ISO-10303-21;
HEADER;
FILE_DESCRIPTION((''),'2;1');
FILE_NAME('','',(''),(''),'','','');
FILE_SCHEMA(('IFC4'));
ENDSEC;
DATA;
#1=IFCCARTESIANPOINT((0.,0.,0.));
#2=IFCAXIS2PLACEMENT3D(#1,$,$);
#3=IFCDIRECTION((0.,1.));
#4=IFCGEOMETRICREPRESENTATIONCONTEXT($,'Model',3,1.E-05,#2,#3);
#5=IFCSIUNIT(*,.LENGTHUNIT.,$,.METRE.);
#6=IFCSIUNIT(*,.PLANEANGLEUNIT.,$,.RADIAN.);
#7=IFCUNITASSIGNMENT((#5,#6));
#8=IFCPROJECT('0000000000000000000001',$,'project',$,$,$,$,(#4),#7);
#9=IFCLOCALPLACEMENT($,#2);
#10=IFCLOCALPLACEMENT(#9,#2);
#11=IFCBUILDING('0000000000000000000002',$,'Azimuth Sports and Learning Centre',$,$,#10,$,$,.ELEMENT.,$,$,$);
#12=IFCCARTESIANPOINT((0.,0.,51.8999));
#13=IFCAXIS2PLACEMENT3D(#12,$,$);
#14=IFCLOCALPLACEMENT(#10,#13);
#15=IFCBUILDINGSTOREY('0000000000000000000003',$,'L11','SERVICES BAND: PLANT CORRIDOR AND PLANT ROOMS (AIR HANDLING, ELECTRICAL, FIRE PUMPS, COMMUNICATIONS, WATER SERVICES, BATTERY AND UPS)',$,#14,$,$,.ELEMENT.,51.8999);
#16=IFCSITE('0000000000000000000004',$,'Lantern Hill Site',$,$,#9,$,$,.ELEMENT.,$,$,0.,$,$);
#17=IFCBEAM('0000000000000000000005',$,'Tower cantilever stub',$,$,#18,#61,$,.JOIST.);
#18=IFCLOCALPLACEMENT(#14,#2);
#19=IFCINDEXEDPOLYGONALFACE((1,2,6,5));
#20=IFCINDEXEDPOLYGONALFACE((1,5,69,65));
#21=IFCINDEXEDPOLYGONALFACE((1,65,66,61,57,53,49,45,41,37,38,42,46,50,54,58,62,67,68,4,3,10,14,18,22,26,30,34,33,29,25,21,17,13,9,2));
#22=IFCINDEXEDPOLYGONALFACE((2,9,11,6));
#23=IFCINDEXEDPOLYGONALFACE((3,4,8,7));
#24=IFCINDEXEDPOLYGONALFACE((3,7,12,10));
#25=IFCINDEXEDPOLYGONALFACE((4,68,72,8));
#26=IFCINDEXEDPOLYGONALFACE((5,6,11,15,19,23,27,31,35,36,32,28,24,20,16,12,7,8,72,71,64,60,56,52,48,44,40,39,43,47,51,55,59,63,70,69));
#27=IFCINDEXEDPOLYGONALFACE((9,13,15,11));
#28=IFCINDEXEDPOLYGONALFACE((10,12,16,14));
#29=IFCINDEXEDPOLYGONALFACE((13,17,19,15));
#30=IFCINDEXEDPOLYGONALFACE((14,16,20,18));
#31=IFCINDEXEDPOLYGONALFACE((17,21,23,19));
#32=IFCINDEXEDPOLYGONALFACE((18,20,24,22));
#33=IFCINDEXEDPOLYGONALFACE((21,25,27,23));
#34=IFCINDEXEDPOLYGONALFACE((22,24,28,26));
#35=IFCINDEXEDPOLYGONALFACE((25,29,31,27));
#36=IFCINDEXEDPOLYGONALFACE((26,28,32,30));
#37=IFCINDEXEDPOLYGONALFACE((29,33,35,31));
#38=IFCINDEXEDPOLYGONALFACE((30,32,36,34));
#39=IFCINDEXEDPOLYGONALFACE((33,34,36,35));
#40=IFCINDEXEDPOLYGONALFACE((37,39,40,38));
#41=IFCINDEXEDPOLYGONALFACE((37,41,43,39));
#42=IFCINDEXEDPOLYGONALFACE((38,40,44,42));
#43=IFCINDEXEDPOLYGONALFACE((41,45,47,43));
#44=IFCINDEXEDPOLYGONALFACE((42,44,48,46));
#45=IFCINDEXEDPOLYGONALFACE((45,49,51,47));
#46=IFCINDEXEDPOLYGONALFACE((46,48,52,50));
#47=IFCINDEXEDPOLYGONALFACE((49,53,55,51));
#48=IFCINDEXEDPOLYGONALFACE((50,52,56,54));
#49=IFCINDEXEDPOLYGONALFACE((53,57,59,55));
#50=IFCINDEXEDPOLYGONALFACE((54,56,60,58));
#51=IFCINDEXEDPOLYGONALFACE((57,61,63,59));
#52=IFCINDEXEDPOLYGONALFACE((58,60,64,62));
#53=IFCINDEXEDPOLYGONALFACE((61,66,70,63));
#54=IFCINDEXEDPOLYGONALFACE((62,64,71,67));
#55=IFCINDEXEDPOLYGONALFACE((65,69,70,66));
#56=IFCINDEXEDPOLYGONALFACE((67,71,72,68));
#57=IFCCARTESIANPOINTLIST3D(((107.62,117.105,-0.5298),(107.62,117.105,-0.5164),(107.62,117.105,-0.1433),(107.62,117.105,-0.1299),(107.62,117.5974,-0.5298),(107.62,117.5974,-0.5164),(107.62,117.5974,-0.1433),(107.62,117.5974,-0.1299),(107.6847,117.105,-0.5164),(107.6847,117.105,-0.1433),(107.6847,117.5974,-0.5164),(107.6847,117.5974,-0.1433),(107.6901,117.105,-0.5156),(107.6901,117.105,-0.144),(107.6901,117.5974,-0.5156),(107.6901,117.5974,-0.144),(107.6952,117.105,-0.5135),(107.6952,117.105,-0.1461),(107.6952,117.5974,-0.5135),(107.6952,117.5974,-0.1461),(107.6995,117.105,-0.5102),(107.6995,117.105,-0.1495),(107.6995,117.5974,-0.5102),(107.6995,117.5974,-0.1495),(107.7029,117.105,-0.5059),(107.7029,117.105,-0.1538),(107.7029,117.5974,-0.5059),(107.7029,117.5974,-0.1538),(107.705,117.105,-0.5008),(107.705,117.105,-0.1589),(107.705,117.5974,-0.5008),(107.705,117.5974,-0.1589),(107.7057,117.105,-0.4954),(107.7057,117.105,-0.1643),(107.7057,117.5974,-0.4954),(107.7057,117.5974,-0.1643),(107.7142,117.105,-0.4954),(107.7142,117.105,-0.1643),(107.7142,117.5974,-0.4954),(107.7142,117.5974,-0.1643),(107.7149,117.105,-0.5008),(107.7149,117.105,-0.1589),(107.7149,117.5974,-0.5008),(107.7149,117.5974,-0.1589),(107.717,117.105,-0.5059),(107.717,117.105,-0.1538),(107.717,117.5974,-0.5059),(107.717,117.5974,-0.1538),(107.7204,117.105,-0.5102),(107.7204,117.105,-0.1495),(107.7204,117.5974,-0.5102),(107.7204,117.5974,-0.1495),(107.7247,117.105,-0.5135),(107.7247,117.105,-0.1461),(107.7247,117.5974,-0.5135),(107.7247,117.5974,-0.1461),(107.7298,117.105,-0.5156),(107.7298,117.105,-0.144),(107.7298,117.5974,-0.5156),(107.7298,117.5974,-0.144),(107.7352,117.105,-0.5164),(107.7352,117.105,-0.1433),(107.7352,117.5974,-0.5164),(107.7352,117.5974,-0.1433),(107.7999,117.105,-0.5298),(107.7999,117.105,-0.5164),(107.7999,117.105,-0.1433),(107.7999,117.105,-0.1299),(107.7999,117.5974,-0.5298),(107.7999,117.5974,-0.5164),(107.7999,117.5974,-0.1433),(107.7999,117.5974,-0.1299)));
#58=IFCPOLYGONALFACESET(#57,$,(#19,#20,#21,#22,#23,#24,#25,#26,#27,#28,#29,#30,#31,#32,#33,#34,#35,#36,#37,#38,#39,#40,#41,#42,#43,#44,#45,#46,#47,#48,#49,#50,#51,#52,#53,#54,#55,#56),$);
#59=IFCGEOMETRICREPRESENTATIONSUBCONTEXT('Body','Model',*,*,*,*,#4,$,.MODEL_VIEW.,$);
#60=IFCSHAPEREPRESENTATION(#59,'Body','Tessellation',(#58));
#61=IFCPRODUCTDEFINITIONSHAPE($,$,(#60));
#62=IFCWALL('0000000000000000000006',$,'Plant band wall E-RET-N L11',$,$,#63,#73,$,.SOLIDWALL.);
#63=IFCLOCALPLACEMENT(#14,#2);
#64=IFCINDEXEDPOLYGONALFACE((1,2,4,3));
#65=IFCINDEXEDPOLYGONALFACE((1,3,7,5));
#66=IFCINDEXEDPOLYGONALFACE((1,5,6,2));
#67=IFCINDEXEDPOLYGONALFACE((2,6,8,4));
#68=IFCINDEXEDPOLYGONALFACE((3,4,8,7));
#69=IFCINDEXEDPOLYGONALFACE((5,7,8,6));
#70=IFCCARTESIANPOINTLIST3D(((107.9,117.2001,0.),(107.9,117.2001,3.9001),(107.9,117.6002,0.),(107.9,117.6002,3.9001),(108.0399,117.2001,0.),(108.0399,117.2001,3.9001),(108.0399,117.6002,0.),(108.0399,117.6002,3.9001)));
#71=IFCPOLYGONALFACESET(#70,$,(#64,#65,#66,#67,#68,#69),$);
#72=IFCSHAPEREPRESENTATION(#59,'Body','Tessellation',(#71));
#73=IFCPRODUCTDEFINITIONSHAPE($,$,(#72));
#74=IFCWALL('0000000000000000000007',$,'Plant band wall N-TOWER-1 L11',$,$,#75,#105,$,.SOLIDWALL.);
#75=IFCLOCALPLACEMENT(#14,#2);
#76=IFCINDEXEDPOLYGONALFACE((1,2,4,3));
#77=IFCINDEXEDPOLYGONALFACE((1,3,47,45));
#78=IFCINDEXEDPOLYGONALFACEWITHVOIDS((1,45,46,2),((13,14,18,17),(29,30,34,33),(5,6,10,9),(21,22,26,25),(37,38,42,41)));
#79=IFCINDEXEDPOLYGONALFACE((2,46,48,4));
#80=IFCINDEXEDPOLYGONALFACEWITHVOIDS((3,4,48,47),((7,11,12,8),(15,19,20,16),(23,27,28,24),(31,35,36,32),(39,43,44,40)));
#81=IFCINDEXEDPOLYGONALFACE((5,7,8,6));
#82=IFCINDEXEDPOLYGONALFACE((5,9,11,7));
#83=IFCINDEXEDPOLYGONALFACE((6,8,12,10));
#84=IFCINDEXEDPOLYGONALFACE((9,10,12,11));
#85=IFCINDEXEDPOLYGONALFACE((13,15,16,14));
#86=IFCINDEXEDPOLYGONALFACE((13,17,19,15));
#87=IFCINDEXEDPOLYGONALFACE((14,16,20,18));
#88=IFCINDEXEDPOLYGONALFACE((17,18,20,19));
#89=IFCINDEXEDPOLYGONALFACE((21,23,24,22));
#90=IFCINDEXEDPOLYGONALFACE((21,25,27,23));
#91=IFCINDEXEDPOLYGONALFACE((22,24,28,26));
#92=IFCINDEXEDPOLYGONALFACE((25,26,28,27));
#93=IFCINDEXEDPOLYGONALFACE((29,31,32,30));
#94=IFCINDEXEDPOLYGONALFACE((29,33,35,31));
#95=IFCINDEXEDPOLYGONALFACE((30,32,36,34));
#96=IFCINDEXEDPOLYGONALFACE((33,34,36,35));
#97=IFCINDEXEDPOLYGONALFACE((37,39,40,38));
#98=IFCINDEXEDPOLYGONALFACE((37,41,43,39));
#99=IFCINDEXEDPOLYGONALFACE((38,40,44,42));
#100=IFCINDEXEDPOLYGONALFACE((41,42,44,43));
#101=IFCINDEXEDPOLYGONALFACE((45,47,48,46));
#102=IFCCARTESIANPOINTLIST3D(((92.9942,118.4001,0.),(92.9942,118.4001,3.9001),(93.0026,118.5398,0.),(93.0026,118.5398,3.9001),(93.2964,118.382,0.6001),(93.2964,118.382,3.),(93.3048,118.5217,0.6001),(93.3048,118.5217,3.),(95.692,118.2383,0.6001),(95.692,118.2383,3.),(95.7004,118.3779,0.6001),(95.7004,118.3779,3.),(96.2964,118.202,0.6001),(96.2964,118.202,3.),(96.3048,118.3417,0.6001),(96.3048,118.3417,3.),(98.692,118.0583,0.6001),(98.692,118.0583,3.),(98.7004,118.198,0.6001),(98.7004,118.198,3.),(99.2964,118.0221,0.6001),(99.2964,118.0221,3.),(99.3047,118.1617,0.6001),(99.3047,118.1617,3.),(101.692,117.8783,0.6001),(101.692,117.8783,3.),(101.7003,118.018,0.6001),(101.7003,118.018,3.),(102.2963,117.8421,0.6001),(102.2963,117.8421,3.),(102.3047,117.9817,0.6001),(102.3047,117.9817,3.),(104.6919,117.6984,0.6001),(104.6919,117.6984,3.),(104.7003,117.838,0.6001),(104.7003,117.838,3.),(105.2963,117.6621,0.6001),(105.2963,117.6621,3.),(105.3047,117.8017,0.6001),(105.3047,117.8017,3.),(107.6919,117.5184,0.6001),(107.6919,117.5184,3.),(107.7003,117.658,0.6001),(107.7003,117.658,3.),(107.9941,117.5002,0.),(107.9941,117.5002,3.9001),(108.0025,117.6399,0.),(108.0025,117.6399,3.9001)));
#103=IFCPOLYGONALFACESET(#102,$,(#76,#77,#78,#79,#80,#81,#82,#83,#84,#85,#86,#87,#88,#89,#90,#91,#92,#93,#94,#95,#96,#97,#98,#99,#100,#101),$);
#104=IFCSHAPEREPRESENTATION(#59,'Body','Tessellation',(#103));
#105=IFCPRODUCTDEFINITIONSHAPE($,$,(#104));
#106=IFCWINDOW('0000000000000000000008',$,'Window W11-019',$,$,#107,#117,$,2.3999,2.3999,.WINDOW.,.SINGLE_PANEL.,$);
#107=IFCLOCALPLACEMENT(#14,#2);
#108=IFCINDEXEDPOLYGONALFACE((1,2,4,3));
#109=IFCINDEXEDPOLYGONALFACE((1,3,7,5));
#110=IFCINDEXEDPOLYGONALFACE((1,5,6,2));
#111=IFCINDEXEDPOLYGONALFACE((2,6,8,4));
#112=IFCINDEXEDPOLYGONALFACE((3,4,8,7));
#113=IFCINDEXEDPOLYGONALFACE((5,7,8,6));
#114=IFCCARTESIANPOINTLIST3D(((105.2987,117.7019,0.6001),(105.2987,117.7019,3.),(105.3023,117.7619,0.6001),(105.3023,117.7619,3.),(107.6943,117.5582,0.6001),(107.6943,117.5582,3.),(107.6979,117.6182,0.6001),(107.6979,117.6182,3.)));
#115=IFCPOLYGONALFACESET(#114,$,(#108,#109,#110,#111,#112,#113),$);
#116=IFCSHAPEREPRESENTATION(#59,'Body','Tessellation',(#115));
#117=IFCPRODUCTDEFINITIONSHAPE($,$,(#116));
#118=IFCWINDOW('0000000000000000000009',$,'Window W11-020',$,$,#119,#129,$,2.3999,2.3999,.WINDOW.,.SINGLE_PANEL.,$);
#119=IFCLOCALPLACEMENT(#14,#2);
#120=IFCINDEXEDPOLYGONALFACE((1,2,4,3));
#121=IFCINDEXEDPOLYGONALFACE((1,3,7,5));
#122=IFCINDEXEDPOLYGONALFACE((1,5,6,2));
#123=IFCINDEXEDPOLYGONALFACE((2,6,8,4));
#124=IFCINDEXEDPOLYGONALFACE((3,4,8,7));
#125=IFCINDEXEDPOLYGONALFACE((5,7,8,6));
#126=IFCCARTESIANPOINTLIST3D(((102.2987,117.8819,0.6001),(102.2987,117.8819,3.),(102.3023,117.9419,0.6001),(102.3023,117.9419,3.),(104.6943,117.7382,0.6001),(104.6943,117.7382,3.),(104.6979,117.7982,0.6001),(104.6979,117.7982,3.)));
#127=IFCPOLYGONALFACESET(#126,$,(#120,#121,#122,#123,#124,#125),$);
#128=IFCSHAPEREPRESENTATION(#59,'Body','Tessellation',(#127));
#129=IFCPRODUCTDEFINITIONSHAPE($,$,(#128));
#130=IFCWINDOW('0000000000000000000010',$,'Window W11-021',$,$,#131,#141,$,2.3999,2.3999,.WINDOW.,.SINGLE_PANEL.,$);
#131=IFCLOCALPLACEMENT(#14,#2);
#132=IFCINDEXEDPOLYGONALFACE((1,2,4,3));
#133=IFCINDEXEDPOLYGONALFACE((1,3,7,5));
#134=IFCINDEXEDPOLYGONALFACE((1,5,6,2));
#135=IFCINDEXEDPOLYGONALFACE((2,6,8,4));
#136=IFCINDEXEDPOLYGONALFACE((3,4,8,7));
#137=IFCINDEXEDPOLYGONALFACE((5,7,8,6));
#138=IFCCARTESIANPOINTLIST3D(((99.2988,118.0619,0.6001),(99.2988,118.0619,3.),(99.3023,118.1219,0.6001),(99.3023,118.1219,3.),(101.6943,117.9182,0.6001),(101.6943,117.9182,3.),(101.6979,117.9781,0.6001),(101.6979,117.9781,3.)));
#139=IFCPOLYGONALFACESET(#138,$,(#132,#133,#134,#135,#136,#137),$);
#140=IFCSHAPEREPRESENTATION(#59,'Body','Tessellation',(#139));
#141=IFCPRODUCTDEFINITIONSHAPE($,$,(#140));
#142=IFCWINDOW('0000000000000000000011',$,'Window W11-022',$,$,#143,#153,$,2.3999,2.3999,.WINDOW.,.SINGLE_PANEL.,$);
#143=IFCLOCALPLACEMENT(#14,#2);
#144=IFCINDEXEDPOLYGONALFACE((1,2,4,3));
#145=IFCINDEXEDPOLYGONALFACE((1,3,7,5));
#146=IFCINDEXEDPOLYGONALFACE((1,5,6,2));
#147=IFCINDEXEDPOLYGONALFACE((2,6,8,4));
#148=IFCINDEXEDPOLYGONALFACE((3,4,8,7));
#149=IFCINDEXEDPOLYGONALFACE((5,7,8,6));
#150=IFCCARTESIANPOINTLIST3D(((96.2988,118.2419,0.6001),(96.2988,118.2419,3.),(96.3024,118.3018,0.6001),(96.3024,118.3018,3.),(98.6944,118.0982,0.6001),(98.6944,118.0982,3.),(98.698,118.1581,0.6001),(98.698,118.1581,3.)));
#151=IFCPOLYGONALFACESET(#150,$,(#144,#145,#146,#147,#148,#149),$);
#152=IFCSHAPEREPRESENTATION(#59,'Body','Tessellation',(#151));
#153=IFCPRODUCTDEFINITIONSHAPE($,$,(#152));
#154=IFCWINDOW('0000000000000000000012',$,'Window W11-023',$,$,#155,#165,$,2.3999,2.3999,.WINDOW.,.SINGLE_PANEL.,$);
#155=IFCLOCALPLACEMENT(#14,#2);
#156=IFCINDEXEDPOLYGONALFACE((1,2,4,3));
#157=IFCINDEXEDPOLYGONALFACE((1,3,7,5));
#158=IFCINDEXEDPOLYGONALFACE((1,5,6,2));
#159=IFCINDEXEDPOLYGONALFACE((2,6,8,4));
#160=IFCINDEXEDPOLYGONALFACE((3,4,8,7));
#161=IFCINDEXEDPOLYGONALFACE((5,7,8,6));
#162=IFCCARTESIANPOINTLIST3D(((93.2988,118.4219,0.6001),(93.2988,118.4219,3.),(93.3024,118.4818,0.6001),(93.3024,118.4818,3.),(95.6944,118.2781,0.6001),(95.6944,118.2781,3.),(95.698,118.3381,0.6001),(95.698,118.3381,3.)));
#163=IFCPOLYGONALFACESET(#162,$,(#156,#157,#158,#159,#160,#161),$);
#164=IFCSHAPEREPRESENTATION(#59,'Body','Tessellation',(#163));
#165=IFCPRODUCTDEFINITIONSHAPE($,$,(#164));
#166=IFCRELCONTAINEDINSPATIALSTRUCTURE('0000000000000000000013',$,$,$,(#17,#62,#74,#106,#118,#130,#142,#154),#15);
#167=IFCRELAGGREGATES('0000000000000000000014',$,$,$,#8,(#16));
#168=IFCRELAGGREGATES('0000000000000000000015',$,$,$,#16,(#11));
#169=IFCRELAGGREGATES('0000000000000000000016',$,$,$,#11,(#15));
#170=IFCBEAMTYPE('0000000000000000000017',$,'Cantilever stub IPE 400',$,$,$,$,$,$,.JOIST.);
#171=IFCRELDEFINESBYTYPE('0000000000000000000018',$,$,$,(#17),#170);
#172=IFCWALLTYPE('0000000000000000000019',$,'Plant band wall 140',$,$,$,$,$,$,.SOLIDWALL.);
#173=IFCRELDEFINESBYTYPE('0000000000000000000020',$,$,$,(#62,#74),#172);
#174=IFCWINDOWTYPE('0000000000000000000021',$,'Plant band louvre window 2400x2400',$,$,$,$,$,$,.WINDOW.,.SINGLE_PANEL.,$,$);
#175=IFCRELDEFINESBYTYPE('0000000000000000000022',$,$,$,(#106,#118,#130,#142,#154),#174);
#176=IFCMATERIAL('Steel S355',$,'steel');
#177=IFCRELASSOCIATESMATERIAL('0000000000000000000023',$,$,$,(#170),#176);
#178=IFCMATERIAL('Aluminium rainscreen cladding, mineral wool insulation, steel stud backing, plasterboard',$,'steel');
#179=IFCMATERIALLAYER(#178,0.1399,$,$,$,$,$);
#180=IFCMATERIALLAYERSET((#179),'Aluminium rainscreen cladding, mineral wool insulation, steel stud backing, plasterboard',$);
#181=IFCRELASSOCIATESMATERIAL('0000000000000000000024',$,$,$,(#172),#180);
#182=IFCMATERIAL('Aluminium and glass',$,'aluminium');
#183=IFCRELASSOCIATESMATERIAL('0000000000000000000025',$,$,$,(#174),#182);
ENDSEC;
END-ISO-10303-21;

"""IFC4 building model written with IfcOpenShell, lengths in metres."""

from ifc_helpers import new_model, si_unit, direction, frame, frame_2d, origin, origin_2d, place, context, subcontext, project, spatial, rectangle, i_section, extrude, material, layer, layer_set, material_profile, profile_set, type_object, element, fill, save


model = new_model("IFC4")

# Units and contexts
model_context = context("Model", 3, precision=1e-05, world=origin(), true_north=direction((0.0, 1.0)))
body_context = subcontext(model_context, "Body", "Model", "MODEL_VIEW")
ifc_project = project(units=[si_unit("LENGTHUNIT", "METRE"), si_unit("PLANEANGLEUNIT", "RADIAN")], contexts=[model_context])

# Site, building, storey
site_placement = place(None, origin())
site = spatial("IfcSite", under=ifc_project, at=site_placement, Name="Lantern Hill Site", CompositionType="ELEMENT", RefElevation=0.0)
building_placement = place(site_placement, origin())
building = spatial("IfcBuilding", under=site, at=building_placement, Name="Azimuth Sports and Learning Centre", CompositionType="ELEMENT")
storey_placement = place(building_placement, frame((0.0, 0.0, 51.8999)))
storey = spatial("IfcBuildingStorey", under=building, at=storey_placement, Name="L11", Description="SERVICES BAND: PLANT CORRIDOR AND PLANT ROOMS (AIR HANDLING, ELECTRICAL, FIRE PUMPS, COMMUNICATIONS, WATER SERVICES, BATTERY AND UPS)", CompositionType="ELEMENT", Elevation=51.8999)

# Beam
ifc_material_1 = material(Name="Steel S355", Category="steel")
ifc_material_profile_1 = material_profile(ifc_material_1, i_section(OverallWidth=0.1799, OverallDepth=0.3999, WebThickness=0.0085, FlangeThickness=0.0134, FilletRadius=0.021, at=origin_2d()), Name="IPE 400")
ifc_profile_set_1 = profile_set([ifc_material_profile_1], Name="Steel S355")
beam_type_1 = type_object("IfcBeamType", Name="Cantilever stub IPE 400", PredefinedType="JOIST", material=ifc_profile_set_1)
beam_placement = place(storey_placement, frame((107.71, 117.105, -0.3298), z_axis=(0.0, 1.0, 0.0), x_axis=(-1.0, 0.0, 0.0)))
element("IfcBeam", 1, at=beam_placement, inside=storey, type_object=beam_type_1, Name="Tower cantilever stub", PredefinedType="JOIST", context=body_context, shape_type="SweptSolid", body=[
    extrude(i_section(OverallWidth=0.1799, OverallDepth=0.3999, WebThickness=0.0085, FlangeThickness=0.0134, FilletRadius=0.021, at=origin_2d()), origin(), (0.0, 0.0, 1.0), 0.4924),
])

# Wall
ifc_material_2 = material(Name="Aluminium rainscreen cladding, mineral wool insulation, steel stud backing, plasterboard", Category="steel")
ifc_layer_1 = layer(ifc_material_2, 0.1399)
ifc_layer_set_1 = layer_set([ifc_layer_1], Name="Aluminium rainscreen cladding, mineral wool insulation, steel stud backing, plasterboard")
wall_type_1 = type_object("IfcWallType", Name="Plant band wall 140", PredefinedType="SOLIDWALL", material=ifc_layer_set_1)
wall_1_placement = place(storey_placement, frame((107.97, 117.2, 0.0), z_axis=(0.0, 0.0, 1.0), x_axis=(0.0, 1.0, 0.0)))
element("IfcWall", 2, at=wall_1_placement, inside=storey, type_object=wall_type_1, Name="Plant band wall E-RET-N L11", PredefinedType="SOLIDWALL", context=body_context, shape_type="SweptSolid", body=[
    extrude(rectangle(XDim=0.4001, YDim=0.1399, at=frame_2d((0.2002, 0.0))), origin(), (0.0, 0.0, 1.0), 3.9001),
])

# Wall, openings, windows
wall_2_placement = place(storey_placement, frame((107.9983, 117.5701, 0.0), z_axis=(0.0, 0.0, 1.0), x_axis=(-0.998205, 0.059886, 0.0)))
wall_2 = element("IfcWall", 3, at=wall_2_placement, inside=storey, type_object=wall_type_1, Name="Plant band wall N-TOWER-1 L11", PredefinedType="SOLIDWALL", context=body_context, shape_type="SweptSolid", body=[
    extrude(rectangle(XDim=15.0269, YDim=0.1399, at=frame_2d((7.5134, 0.0))), origin(), (0.0, 0.0, 1.0), 3.9001),
])
opening_1_placement = place(wall_2_placement, frame((0.3027, 0.0, 0.6001)))
opening_1 = element("IfcOpeningElement", 4, at=opening_1_placement, cuts=wall_2, PredefinedType="OPENING", context=body_context, shape_type="SweptSolid", body=[
    extrude(rectangle(XDim=2.3999, YDim=2.3999, at=frame_2d((1.2, 1.2))), frame((0.0, 0.0811, 0.0), z_axis=(0.0, -1.0, 0.0), x_axis=(1.0, 0.0, 0.0)), (0.0, 0.0, 1.0), 0.1619),
])
opening_2_placement = place(wall_2_placement, frame((3.3081, 0.0, 0.6001)))
opening_2 = element("IfcOpeningElement", 5, at=opening_2_placement, cuts=wall_2, PredefinedType="OPENING", context=body_context, shape_type="SweptSolid", body=[
    extrude(rectangle(XDim=2.3999, YDim=2.3999, at=frame_2d((1.2, 1.2))), frame((0.0, 0.0811, 0.0), z_axis=(0.0, -1.0, 0.0), x_axis=(1.0, 0.0, 0.0)), (0.0, 0.0, 1.0), 0.1619),
])
opening_3_placement = place(wall_2_placement, frame((6.3135, 0.0, 0.6001)))
opening_3 = element("IfcOpeningElement", 6, at=opening_3_placement, cuts=wall_2, PredefinedType="OPENING", context=body_context, shape_type="SweptSolid", body=[
    extrude(rectangle(XDim=2.3999, YDim=2.3999, at=frame_2d((1.2, 1.2))), frame((0.0, 0.0811, 0.0), z_axis=(0.0, -1.0, 0.0), x_axis=(1.0, 0.0, 0.0)), (0.0, 0.0, 1.0), 0.1619),
])
opening_4_placement = place(wall_2_placement, frame((9.3188, 0.0, 0.6001)))
opening_4 = element("IfcOpeningElement", 7, at=opening_4_placement, cuts=wall_2, PredefinedType="OPENING", context=body_context, shape_type="SweptSolid", body=[
    extrude(rectangle(XDim=2.3999, YDim=2.3999, at=frame_2d((1.2, 1.2))), frame((0.0, 0.0811, 0.0), z_axis=(0.0, -1.0, 0.0), x_axis=(1.0, 0.0, 0.0)), (0.0, 0.0, 1.0), 0.1619),
])
opening_5_placement = place(wall_2_placement, frame((12.3242, 0.0, 0.6001)))
opening_5 = element("IfcOpeningElement", 8, at=opening_5_placement, cuts=wall_2, PredefinedType="OPENING", context=body_context, shape_type="SweptSolid", body=[
    extrude(rectangle(XDim=2.3999, YDim=2.3999, at=frame_2d((1.2, 1.2))), frame((0.0, 0.0811, 0.0), z_axis=(0.0, -1.0, 0.0), x_axis=(1.0, 0.0, 0.0)), (0.0, 0.0, 1.0), 0.1619),
])
ifc_material_3 = material(Name="Aluminium and glass", Category="aluminium")
window_type_1 = type_object("IfcWindowType", Name="Plant band louvre window 2400x2400", PartitioningType="SINGLE_PANEL", PredefinedType="WINDOW", material=ifc_material_3)
window_1_placement = place(opening_1_placement, origin())
window_1 = element("IfcWindow", 9, at=window_1_placement, inside=storey, type_object=window_type_1, Name="Window W11-019", OverallHeight=2.3999, OverallWidth=2.3999, PartitioningType="SINGLE_PANEL", PredefinedType="WINDOW", context=body_context, shape_type="SweptSolid", body=[
    extrude(rectangle(XDim=2.3999, YDim=2.3999, at=frame_2d((1.2, 1.2))), frame((0.0, 0.03, 0.0), z_axis=(0.0, -1.0, 0.0), x_axis=(1.0, 0.0, 0.0)), (0.0, 0.0, 1.0), 0.0601),
])
fill(opening_1, window_1)
window_2_placement = place(opening_2_placement, origin())
window_2 = element("IfcWindow", 10, at=window_2_placement, inside=storey, type_object=window_type_1, Name="Window W11-020", OverallHeight=2.3999, OverallWidth=2.3999, PartitioningType="SINGLE_PANEL", PredefinedType="WINDOW", context=body_context, shape_type="SweptSolid", body=[
    extrude(rectangle(XDim=2.3999, YDim=2.3999, at=frame_2d((1.2, 1.2))), frame((0.0, 0.03, 0.0), z_axis=(0.0, -1.0, 0.0), x_axis=(1.0, 0.0, 0.0)), (0.0, 0.0, 1.0), 0.0601),
])
fill(opening_2, window_2)
window_3_placement = place(opening_3_placement, origin())
window_3 = element("IfcWindow", 11, at=window_3_placement, inside=storey, type_object=window_type_1, Name="Window W11-021", OverallHeight=2.3999, OverallWidth=2.3999, PartitioningType="SINGLE_PANEL", PredefinedType="WINDOW", context=body_context, shape_type="SweptSolid", body=[
    extrude(rectangle(XDim=2.3999, YDim=2.3999, at=frame_2d((1.2, 1.2))), frame((0.0, 0.03, 0.0), z_axis=(0.0, -1.0, 0.0), x_axis=(1.0, 0.0, 0.0)), (0.0, 0.0, 1.0), 0.0601),
])
fill(opening_3, window_3)
window_4_placement = place(opening_4_placement, origin())
window_4 = element("IfcWindow", 12, at=window_4_placement, inside=storey, type_object=window_type_1, Name="Window W11-022", OverallHeight=2.3999, OverallWidth=2.3999, PartitioningType="SINGLE_PANEL", PredefinedType="WINDOW", context=body_context, shape_type="SweptSolid", body=[
    extrude(rectangle(XDim=2.3999, YDim=2.3999, at=frame_2d((1.2, 1.2))), frame((0.0, 0.03, 0.0), z_axis=(0.0, -1.0, 0.0), x_axis=(1.0, 0.0, 0.0)), (0.0, 0.0, 1.0), 0.0601),
])
fill(opening_4, window_4)
window_5_placement = place(opening_5_placement, origin())
window_5 = element("IfcWindow", 13, at=window_5_placement, inside=storey, type_object=window_type_1, Name="Window W11-023", OverallHeight=2.3999, OverallWidth=2.3999, PartitioningType="SINGLE_PANEL", PredefinedType="WINDOW", context=body_context, shape_type="SweptSolid", body=[
    extrude(rectangle(XDim=2.3999, YDim=2.3999, at=frame_2d((1.2, 1.2))), frame((0.0, 0.03, 0.0), z_axis=(0.0, -1.0, 0.0), x_axis=(1.0, 0.0, 0.0)), (0.0, 0.0, 1.0), 0.0601),
])
fill(opening_5, window_5)

save(model, "model.ifc")
